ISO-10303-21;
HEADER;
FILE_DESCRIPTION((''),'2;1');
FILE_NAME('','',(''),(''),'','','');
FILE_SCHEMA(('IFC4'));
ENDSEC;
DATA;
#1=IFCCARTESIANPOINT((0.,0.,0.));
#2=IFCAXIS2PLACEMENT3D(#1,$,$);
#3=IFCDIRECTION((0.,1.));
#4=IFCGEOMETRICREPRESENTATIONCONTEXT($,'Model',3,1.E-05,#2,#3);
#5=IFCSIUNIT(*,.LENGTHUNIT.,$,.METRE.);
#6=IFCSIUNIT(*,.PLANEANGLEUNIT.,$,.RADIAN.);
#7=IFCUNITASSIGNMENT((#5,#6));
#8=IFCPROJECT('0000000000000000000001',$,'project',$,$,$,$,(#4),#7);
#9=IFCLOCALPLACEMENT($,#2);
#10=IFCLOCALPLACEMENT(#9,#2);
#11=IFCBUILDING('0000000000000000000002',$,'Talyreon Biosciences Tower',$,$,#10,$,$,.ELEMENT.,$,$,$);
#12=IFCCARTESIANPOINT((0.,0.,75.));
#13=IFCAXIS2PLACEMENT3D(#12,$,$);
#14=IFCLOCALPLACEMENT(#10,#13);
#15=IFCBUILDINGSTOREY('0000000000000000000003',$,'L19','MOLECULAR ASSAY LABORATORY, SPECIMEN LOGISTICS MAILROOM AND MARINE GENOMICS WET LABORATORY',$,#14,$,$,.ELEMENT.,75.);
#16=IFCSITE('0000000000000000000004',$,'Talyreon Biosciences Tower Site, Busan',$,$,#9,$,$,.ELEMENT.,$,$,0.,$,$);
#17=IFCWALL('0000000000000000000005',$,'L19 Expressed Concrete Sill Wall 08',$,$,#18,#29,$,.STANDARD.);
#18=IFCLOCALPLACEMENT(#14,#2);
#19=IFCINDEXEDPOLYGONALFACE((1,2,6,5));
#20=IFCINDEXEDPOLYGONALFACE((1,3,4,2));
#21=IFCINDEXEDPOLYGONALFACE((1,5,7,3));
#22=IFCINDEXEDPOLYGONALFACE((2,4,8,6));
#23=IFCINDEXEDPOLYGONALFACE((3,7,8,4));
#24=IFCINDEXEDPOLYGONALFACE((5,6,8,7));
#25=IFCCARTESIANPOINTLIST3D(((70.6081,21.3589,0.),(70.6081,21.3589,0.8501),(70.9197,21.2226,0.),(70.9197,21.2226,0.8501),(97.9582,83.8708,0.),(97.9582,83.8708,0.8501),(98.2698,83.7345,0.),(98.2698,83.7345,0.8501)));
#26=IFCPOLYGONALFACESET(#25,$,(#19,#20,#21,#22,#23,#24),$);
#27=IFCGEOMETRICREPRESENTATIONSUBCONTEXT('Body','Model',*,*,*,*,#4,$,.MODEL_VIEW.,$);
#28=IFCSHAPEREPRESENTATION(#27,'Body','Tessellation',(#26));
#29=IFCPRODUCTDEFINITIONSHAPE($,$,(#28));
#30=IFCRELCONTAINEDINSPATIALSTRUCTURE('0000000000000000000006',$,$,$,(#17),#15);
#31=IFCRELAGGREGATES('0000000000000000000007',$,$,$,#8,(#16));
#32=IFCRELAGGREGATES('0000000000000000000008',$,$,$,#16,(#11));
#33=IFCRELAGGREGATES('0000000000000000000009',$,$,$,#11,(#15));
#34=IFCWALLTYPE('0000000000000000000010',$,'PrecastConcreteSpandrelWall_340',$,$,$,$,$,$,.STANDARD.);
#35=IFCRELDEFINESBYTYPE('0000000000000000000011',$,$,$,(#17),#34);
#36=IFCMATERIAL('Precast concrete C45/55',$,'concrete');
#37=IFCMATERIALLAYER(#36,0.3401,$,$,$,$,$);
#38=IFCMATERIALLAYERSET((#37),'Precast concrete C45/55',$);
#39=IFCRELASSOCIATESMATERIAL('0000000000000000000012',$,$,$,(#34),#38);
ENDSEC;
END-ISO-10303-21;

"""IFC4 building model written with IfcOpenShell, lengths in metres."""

from ifc_helpers import new_model, si_unit, direction, frame, frame_2d, origin, place, context, subcontext, project, spatial, rectangle, extrude, material, layer, layer_set, type_object, element, save


model = new_model("IFC4")

# Units and contexts
model_context = context("Model", 3, precision=1e-05, world=origin(), true_north=direction((0.0, 1.0)))
body_context = subcontext(model_context, "Body", "Model", "MODEL_VIEW")
ifc_project = project(units=[si_unit("LENGTHUNIT", "METRE"), si_unit("PLANEANGLEUNIT", "RADIAN")], contexts=[model_context])

# Site, building, storey
site_placement = place(None, origin())
site = spatial("IfcSite", under=ifc_project, at=site_placement, Name="Talyreon Biosciences Tower Site, Busan", CompositionType="ELEMENT", RefElevation=0.0)
building_placement = place(site_placement, origin())
building = spatial("IfcBuilding", under=site, at=building_placement, Name="Talyreon Biosciences Tower", CompositionType="ELEMENT")
storey_placement = place(building_placement, frame((0.0, 0.0, 75.0)))
storey = spatial("IfcBuildingStorey", under=building, at=storey_placement, Name="L19", Description="MOLECULAR ASSAY LABORATORY, SPECIMEN LOGISTICS MAILROOM AND MARINE GENOMICS WET LABORATORY", CompositionType="ELEMENT", Elevation=75.0)

# Shared definitions
ifc_material_1 = material(Name="Precast concrete C45/55", Category="concrete")

# Wall
ifc_layer_1 = layer(ifc_material_1, 0.3401)
ifc_layer_set_1 = layer_set([ifc_layer_1], Name="Precast concrete C45/55")
wall_type = type_object("IfcWallType", Name="PrecastConcreteSpandrelWall_340", PredefinedType="STANDARD", material=ifc_layer_set_1)
wall_1_placement = place(storey_placement, frame((98.114, 83.8027, 0.0), z_axis=(0.0, 0.0, 1.0), x_axis=(-0.400833, -0.916151, 0.0)))
element("IfcWall", 1, at=wall_1_placement, inside=storey, type_object=wall_type, Name="L19 Expressed Concrete Sill Wall 08", PredefinedType="STANDARD", context=body_context, shape_type="SweptSolid", body=[
    extrude(rectangle(XDim=68.2332, YDim=0.3401, at=frame_2d((34.1167, 0.0))), origin(), (0.0, 0.0, 1.0), 0.8501),
])

save(model, "model.ifc")
